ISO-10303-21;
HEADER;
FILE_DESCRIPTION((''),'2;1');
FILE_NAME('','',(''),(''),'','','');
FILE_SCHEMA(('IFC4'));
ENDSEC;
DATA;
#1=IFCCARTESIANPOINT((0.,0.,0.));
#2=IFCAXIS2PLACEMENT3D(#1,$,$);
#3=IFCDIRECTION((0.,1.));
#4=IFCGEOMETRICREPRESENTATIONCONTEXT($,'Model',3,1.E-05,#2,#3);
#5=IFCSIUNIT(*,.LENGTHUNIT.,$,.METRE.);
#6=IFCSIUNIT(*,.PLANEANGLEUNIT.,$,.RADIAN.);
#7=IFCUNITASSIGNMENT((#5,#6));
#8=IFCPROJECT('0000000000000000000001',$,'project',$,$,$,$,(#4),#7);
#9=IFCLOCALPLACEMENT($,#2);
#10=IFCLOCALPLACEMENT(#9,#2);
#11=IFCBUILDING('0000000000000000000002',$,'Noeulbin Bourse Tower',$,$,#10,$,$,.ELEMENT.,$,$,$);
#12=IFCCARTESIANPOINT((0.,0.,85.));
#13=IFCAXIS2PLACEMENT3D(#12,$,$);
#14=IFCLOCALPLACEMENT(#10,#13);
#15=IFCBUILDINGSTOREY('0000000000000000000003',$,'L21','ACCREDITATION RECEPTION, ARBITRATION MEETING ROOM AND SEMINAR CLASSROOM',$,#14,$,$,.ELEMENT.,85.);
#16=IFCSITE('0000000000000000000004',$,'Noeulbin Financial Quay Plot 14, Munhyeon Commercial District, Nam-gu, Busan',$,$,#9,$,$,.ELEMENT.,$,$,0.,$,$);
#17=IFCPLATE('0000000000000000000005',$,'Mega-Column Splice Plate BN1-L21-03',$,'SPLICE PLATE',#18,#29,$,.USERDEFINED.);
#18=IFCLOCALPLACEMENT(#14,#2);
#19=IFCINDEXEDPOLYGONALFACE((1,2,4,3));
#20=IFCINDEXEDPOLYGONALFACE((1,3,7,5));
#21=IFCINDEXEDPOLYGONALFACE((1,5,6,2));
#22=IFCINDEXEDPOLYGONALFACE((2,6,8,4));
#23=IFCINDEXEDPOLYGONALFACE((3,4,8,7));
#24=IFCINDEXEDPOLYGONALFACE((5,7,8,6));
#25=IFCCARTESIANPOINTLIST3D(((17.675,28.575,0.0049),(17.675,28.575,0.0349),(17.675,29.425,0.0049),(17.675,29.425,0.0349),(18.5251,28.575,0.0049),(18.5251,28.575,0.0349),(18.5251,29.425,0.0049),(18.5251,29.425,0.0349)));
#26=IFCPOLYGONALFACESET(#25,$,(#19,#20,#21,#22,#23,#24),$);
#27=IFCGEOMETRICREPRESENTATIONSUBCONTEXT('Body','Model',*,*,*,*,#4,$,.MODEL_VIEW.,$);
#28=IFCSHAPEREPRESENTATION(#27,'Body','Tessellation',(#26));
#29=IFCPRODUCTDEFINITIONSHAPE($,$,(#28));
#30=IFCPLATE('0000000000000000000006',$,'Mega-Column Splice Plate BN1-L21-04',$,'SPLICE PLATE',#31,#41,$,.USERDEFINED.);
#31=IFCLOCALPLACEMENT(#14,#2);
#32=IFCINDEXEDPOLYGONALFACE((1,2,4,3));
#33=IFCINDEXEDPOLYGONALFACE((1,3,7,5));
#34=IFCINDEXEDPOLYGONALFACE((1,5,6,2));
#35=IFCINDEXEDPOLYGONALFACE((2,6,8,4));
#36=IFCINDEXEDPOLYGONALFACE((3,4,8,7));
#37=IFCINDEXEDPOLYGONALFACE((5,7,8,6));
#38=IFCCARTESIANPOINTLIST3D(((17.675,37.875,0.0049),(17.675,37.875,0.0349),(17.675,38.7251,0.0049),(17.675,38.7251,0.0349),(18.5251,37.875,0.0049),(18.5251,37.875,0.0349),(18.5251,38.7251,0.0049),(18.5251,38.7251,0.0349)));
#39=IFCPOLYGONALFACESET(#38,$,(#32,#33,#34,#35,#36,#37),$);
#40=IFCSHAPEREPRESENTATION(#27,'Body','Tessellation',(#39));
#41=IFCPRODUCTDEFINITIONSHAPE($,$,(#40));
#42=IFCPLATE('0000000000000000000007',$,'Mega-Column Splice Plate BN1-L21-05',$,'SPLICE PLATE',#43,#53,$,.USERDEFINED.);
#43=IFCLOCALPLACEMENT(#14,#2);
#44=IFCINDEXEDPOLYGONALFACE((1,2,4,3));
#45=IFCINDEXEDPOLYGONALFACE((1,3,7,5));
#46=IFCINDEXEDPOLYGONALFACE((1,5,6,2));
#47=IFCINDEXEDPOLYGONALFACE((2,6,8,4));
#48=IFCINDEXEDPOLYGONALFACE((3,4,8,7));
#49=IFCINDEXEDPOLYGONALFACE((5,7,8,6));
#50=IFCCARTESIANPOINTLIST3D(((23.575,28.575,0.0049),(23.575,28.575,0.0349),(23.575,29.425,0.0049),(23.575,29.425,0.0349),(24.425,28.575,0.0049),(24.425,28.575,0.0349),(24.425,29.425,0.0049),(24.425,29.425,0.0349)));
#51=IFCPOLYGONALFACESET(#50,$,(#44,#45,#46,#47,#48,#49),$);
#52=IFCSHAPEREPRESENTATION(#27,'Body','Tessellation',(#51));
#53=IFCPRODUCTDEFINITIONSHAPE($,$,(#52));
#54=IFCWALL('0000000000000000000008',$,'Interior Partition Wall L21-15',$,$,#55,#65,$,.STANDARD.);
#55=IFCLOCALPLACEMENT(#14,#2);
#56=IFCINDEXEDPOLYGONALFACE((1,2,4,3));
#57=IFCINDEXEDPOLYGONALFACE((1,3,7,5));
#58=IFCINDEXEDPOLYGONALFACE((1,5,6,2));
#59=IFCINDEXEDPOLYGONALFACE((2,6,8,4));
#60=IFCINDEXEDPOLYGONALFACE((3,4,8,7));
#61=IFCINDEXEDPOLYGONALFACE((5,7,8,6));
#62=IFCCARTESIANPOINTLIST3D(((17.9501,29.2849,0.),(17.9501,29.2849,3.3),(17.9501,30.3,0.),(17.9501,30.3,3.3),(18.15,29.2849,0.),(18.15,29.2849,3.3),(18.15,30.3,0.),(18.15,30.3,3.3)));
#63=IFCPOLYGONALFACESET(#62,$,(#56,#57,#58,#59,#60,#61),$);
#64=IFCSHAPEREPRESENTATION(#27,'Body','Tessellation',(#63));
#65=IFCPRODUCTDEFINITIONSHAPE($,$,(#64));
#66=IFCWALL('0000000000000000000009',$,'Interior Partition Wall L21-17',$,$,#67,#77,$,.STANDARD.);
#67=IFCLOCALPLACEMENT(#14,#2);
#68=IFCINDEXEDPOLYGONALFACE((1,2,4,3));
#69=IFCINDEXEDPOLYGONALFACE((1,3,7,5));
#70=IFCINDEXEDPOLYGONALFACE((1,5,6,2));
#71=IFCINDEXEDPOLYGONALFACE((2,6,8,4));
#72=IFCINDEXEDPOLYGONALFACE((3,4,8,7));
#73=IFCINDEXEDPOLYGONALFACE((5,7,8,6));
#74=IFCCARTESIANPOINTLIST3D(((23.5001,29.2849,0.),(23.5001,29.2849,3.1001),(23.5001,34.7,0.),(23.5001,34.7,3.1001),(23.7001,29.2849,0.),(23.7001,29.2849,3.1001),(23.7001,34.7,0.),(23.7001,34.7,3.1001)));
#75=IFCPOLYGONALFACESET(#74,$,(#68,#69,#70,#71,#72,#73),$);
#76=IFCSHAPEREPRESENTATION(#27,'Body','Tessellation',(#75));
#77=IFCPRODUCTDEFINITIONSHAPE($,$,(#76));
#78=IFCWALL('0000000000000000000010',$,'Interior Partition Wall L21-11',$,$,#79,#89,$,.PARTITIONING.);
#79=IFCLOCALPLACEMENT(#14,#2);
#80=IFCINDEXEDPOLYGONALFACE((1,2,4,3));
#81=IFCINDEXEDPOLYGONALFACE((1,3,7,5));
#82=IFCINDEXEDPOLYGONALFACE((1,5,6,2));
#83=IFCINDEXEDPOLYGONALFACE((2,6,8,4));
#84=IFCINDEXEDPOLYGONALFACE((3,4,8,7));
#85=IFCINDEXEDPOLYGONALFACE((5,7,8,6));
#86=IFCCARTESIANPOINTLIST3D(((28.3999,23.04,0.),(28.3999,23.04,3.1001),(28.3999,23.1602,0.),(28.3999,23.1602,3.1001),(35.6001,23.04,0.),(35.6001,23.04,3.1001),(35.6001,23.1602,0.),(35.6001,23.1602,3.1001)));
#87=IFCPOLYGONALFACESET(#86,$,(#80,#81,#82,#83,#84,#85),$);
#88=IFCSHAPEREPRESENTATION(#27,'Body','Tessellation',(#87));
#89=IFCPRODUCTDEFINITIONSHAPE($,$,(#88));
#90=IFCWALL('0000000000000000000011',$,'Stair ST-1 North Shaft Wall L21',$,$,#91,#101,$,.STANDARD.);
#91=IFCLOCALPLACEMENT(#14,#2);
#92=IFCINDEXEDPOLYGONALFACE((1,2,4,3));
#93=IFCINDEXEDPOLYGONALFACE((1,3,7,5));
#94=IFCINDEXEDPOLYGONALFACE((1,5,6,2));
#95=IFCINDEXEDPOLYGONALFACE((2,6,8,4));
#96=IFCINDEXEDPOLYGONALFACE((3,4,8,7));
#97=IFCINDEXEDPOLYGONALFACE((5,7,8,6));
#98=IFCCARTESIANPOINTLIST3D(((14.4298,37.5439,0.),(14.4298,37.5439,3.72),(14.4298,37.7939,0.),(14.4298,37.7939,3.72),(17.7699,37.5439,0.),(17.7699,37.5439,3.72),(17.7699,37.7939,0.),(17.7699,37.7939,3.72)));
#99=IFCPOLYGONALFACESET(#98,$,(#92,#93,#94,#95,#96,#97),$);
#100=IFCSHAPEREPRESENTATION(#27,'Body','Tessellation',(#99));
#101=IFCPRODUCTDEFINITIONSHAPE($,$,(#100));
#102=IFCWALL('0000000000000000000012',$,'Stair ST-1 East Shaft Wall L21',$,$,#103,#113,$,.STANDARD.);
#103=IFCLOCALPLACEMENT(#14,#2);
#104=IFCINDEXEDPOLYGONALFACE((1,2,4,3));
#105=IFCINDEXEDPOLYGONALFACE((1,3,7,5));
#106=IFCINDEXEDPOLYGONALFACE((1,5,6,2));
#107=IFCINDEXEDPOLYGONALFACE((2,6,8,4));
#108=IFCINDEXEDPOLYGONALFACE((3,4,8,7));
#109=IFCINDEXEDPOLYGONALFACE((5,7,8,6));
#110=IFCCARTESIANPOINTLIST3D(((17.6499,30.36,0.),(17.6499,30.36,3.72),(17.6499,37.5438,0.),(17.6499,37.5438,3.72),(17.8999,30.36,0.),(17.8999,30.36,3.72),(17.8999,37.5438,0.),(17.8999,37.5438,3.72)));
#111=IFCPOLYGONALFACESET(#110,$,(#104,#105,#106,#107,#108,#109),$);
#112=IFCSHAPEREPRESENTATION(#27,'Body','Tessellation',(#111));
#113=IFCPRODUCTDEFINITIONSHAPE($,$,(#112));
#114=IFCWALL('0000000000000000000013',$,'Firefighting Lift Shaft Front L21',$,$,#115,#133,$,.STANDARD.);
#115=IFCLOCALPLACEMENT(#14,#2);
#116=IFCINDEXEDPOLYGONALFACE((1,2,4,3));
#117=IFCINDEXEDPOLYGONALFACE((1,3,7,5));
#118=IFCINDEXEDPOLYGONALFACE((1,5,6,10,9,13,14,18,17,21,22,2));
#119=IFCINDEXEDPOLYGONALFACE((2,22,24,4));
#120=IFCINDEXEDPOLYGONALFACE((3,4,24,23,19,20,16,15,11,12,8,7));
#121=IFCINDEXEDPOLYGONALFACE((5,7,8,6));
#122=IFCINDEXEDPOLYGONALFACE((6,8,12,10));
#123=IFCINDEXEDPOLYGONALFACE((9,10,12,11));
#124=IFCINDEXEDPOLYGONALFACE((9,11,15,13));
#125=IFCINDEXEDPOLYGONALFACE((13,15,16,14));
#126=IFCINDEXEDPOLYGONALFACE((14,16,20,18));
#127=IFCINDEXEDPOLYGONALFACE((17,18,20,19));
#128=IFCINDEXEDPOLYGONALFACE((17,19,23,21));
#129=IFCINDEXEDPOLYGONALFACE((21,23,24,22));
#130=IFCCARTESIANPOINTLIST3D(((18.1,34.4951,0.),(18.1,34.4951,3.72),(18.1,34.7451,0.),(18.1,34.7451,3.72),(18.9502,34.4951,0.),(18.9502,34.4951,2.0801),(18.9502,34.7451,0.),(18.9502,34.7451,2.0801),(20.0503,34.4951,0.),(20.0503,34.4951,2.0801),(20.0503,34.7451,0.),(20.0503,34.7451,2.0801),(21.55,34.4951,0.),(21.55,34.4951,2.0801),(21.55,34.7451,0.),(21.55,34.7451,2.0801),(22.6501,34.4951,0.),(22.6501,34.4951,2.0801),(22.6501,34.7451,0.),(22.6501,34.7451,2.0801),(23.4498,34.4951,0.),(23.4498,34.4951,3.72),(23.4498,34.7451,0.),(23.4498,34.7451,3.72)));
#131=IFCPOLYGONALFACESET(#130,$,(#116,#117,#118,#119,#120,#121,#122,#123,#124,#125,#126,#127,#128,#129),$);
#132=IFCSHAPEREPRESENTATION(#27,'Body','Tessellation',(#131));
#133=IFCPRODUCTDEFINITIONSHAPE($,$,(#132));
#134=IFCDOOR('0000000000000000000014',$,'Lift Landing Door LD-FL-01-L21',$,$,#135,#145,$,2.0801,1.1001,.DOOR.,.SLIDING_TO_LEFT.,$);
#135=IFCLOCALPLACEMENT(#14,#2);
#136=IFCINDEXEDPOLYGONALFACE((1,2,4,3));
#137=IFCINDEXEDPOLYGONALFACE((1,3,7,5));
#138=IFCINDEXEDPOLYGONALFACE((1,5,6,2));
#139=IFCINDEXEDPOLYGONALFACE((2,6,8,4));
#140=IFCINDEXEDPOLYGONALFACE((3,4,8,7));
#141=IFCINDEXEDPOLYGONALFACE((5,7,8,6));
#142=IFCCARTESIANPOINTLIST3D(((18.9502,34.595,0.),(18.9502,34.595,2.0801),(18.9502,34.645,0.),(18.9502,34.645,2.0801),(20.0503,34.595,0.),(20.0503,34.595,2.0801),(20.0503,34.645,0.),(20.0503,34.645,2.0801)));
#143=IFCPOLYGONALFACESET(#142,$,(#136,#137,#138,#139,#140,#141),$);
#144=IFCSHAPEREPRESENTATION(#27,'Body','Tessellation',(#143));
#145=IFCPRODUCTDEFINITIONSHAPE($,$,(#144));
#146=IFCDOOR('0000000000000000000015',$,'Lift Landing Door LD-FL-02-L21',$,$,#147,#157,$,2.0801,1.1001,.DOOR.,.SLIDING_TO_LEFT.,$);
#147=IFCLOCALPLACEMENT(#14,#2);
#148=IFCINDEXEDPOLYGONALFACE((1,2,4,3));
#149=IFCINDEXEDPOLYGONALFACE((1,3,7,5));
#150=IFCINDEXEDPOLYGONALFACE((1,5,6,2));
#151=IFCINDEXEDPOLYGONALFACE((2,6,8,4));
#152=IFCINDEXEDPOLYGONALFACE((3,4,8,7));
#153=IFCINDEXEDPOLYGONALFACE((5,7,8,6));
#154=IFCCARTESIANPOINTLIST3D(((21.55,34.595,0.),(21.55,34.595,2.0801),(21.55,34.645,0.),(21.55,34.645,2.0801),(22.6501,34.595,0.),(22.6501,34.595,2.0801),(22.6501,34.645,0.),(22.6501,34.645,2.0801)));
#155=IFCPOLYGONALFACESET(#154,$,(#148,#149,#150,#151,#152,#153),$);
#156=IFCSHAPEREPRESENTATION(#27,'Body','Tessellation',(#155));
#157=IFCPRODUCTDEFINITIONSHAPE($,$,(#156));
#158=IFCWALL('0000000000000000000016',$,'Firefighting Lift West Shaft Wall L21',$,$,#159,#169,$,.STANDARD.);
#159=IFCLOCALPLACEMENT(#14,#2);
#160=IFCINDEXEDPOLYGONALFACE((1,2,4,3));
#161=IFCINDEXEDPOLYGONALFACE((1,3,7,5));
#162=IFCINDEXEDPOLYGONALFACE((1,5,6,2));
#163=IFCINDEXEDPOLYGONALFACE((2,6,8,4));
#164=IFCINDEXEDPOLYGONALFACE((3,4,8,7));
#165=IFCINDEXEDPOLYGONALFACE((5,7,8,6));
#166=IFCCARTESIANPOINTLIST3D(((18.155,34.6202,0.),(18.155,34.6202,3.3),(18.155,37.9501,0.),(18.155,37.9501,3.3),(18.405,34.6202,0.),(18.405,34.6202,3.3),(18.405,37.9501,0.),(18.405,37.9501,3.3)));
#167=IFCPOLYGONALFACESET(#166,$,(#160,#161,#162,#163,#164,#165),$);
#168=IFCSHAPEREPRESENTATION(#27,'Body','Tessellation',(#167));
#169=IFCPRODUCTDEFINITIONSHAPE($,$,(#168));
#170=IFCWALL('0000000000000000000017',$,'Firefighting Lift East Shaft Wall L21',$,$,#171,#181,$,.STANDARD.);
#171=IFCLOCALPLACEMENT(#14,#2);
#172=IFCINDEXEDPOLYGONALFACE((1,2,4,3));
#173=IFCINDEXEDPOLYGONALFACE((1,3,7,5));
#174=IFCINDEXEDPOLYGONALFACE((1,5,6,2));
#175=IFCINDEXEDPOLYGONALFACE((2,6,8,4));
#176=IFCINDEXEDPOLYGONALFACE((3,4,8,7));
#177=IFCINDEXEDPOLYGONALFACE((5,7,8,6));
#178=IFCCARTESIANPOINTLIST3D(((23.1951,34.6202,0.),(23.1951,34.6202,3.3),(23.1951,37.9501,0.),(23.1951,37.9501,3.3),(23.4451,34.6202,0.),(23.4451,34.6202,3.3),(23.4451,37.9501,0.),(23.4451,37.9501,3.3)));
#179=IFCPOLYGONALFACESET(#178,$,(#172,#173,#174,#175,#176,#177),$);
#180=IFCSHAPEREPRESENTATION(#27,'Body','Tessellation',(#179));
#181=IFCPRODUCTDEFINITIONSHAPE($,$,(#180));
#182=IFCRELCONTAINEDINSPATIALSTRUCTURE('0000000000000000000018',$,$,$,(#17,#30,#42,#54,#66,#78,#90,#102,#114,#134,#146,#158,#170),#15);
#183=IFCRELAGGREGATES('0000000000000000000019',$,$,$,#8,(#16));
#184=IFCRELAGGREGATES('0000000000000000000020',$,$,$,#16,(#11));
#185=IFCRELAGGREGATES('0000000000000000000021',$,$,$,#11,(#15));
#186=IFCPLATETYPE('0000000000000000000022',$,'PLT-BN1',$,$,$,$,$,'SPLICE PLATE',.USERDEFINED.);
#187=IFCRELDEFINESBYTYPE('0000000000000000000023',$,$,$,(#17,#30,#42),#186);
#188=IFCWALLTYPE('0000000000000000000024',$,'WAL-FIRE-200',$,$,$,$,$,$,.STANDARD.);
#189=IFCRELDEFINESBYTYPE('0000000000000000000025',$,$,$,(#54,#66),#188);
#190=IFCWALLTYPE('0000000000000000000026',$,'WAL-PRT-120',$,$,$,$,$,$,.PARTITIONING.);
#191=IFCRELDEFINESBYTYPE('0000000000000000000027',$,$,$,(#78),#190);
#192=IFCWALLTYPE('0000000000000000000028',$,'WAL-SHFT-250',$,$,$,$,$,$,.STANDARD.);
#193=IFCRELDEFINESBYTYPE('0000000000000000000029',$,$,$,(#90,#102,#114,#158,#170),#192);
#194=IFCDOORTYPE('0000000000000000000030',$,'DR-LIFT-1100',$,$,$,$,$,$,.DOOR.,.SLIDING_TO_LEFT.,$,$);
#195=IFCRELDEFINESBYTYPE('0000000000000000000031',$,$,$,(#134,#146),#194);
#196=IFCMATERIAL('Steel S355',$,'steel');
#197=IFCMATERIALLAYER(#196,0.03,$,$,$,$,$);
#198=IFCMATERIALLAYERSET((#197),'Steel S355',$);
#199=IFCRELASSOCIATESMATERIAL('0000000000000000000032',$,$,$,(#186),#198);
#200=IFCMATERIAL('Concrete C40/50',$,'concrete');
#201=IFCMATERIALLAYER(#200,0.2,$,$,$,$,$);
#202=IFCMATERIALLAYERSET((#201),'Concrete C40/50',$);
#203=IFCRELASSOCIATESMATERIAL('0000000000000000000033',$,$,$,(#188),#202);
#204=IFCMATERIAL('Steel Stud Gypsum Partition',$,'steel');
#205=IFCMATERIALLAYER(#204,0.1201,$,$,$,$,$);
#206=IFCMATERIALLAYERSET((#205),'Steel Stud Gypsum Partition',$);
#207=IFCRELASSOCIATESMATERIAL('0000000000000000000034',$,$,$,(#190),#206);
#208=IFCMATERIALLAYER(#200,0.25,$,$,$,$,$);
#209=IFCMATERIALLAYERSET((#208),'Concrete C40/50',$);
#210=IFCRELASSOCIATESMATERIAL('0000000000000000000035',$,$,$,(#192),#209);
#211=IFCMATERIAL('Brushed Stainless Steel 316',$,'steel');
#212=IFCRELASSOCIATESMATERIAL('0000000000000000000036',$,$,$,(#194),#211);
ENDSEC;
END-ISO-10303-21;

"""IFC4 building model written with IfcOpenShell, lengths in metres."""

from ifc_helpers import new_model, si_unit, direction, frame, frame_2d, origin, origin_2d, place, context, subcontext, project, spatial, rectangle, extrude, material, layer, layer_set, type_object, element, fill, save


model = new_model("IFC4")

# Units and contexts
model_context = context("Model", 3, precision=1e-05, world=origin(), true_north=direction((0.0, 1.0)))
body_context = subcontext(model_context, "Body", "Model", "MODEL_VIEW")
ifc_project = project(units=[si_unit("LENGTHUNIT", "METRE"), si_unit("PLANEANGLEUNIT", "RADIAN")], contexts=[model_context])

# Site, building, storey
site_placement = place(None, origin())
site = spatial("IfcSite", under=ifc_project, at=site_placement, Name="Noeulbin Financial Quay Plot 14, Munhyeon Commercial District, Nam-gu, Busan", CompositionType="ELEMENT", RefElevation=0.0)
building_placement = place(site_placement, origin())
building = spatial("IfcBuilding", under=site, at=building_placement, Name="Noeulbin Bourse Tower", CompositionType="ELEMENT")
storey_placement = place(building_placement, frame((0.0, 0.0, 85.0)))
storey = spatial("IfcBuildingStorey", under=building, at=storey_placement, Name="L21", Description="ACCREDITATION RECEPTION, ARBITRATION MEETING ROOM AND SEMINAR CLASSROOM", CompositionType="ELEMENT", Elevation=85.0)

# Plates
ifc_material_1 = material(Name="Steel S355", Category="steel")
ifc_layer_1 = layer(ifc_material_1, 0.03)
ifc_layer_set_1 = layer_set([ifc_layer_1], Name="Steel S355")
plate_type = type_object("IfcPlateType", Name="PLT-BN1", ElementType="SPLICE PLATE", PredefinedType="USERDEFINED", material=ifc_layer_set_1)
for number, where, z_axis, x_axis, name in (
    (1, (18.1001, 29.0, 0.0049), (0.0, 0.0, 1.0), (1.0, 0.0, 0.0), "Mega-Column Splice Plate BN1-L21-03"),
    (2, (18.1001, 38.3, 0.0049), (0.0, 0.0, 1.0), (1.0, 0.0, 0.0), "Mega-Column Splice Plate BN1-L21-04"),
    (3, (24.0, 29.0, 0.0049), (0.0, 0.0, 1.0), (1.0, 0.0, 0.0), "Mega-Column Splice Plate BN1-L21-05"),
):
    element("IfcPlate", number, at=place(storey_placement, frame(where, z_axis=z_axis, x_axis=x_axis)), inside=storey, type_object=plate_type, Name=name, ObjectType="SPLICE PLATE", PredefinedType="USERDEFINED", context=body_context, shape_type="SweptSolid", body=[
        extrude(rectangle(XDim=0.8501, YDim=0.8501, at=origin_2d()), origin(), (0.0, 0.0, 1.0), 0.03),
    ])

# Walls
ifc_material_2 = material(Name="Concrete C40/50", Category="concrete")
ifc_layer_2 = layer(ifc_material_2, 0.2)
ifc_layer_set_2 = layer_set([ifc_layer_2], Name="Concrete C40/50")
wall_type_1 = type_object("IfcWallType", Name="WAL-FIRE-200", PredefinedType="STANDARD", material=ifc_layer_set_2)
wall_1_placement = place(storey_placement, frame((18.05, 29.2849, 0.0), z_axis=(0.0, 0.0, 1.0), x_axis=(0.0, 1.0, 0.0)))
element("IfcWall", 4, at=wall_1_placement, inside=storey, type_object=wall_type_1, Name="Interior Partition Wall L21-15", PredefinedType="STANDARD", context=body_context, shape_type="SweptSolid", body=[
    extrude(rectangle(XDim=1.0151, YDim=0.2, at=frame_2d((0.5076, 0.0))), origin(), (0.0, 0.0, 1.0), 3.3),
])
wall_2_placement = place(storey_placement, frame((23.6001, 29.2849, 0.0), z_axis=(0.0, 0.0, 1.0), x_axis=(0.0, 1.0, 0.0)))
element("IfcWall", 5, at=wall_2_placement, inside=storey, type_object=wall_type_1, Name="Interior Partition Wall L21-17", PredefinedType="STANDARD", context=body_context, shape_type="SweptSolid", body=[
    extrude(rectangle(XDim=5.415, YDim=0.2, at=frame_2d((2.7075, 0.0))), origin(), (0.0, 0.0, 1.0), 3.1001),
])
ifc_material_3 = material(Name="Steel Stud Gypsum Partition", Category="steel")
ifc_layer_3 = layer(ifc_material_3, 0.1201)
ifc_layer_set_3 = layer_set([ifc_layer_3], Name="Steel Stud Gypsum Partition")
wall_type_2 = type_object("IfcWallType", Name="WAL-PRT-120", PredefinedType="PARTITIONING", material=ifc_layer_set_3)
wall_3_placement = place(storey_placement, frame((28.3999, 23.1001, 0.0), z_axis=(0.0, 0.0, 1.0), x_axis=(1.0, 0.0, 0.0)))
element("IfcWall", 6, at=wall_3_placement, inside=storey, type_object=wall_type_2, Name="Interior Partition Wall L21-11", PredefinedType="PARTITIONING", context=body_context, shape_type="SweptSolid", body=[
    extrude(rectangle(XDim=7.2002, YDim=0.1201, at=frame_2d((3.6001, 0.0))), origin(), (0.0, 0.0, 1.0), 3.1001),
])
ifc_layer_4 = layer(ifc_material_2, 0.25)
ifc_layer_set_4 = layer_set([ifc_layer_4], Name="Concrete C40/50")
wall_type_3 = type_object("IfcWallType", Name="WAL-SHFT-250", PredefinedType="STANDARD", material=ifc_layer_set_4)
wall_4_placement = place(storey_placement, frame((14.4299, 37.6689, 0.0), z_axis=(0.0, 0.0, 1.0), x_axis=(1.0, 0.0, 0.0)))
element("IfcWall", 7, at=wall_4_placement, inside=storey, type_object=wall_type_3, Name="Stair ST-1 North Shaft Wall L21", PredefinedType="STANDARD", context=body_context, shape_type="SweptSolid", body=[
    extrude(rectangle(XDim=3.3401, YDim=0.25, at=frame_2d((1.6699, 0.0))), origin(), (0.0, 0.0, 1.0), 3.72),
])
wall_5_placement = place(storey_placement, frame((17.7749, 30.3601, 0.0), z_axis=(0.0, 0.0, 1.0), x_axis=(0.0, 1.0, 0.0)))
element("IfcWall", 8, at=wall_5_placement, inside=storey, type_object=wall_type_3, Name="Stair ST-1 East Shaft Wall L21", PredefinedType="STANDARD", context=body_context, shape_type="SweptSolid", body=[
    extrude(rectangle(XDim=7.1838, YDim=0.25, at=frame_2d((3.5918, 0.0))), origin(), (0.0, 0.0, 1.0), 3.72),
])

# Wall, openings, doors
wall_6_placement = place(storey_placement, frame((18.1001, 34.6201, 0.0), z_axis=(0.0, 0.0, 1.0), x_axis=(1.0, 0.0, 0.0)))
wall_6 = element("IfcWall", 9, at=wall_6_placement, inside=storey, type_object=wall_type_3, Name="Firefighting Lift Shaft Front L21", PredefinedType="STANDARD", context=body_context, shape_type="SweptSolid", body=[
    extrude(rectangle(XDim=5.3499, YDim=0.25, at=frame_2d((2.6748, 0.0))), origin(), (0.0, 0.0, 1.0), 3.72),
])
opening_1_placement = place(wall_6_placement, frame((0.8501, 0.0, 0.0)))
opening_1 = element("IfcOpeningElement", 10, at=opening_1_placement, cuts=wall_6, PredefinedType="OPENING", context=body_context, shape_type="SweptSolid", body=[
    extrude(rectangle(XDim=1.1001, YDim=2.0801, at=frame_2d((0.55, 1.04))), frame((0.0, 0.135, 0.0), z_axis=(0.0, -1.0, 0.0), x_axis=(1.0, 0.0, 0.0)), (0.0, 0.0, 1.0), 0.27),
])
opening_2_placement = place(wall_6_placement, frame((3.45, 0.0, 0.0)))
opening_2 = element("IfcOpeningElement", 11, at=opening_2_placement, cuts=wall_6, PredefinedType="OPENING", context=body_context, shape_type="SweptSolid", body=[
    extrude(rectangle(XDim=1.1001, YDim=2.0801, at=frame_2d((0.55, 1.04))), frame((0.0, 0.135, 0.0), z_axis=(0.0, -1.0, 0.0), x_axis=(1.0, 0.0, 0.0)), (0.0, 0.0, 1.0), 0.27),
])
ifc_material_4 = material(Name="Brushed Stainless Steel 316", Category="steel")
door_type_1 = type_object("IfcDoorType", Name="DR-LIFT-1100", OperationType="SLIDING_TO_LEFT", PredefinedType="DOOR", material=ifc_material_4)
door_1_placement = place(opening_1_placement, origin())
door_1 = element("IfcDoor", 12, at=door_1_placement, inside=storey, type_object=door_type_1, Name="Lift Landing Door LD-FL-01-L21", OperationType="SLIDING_TO_LEFT", OverallHeight=2.0801, OverallWidth=1.1001, PredefinedType="DOOR", context=body_context, shape_type="SweptSolid", body=[
    extrude(rectangle(XDim=1.1001, YDim=2.0801, at=frame_2d((0.55, 1.04))), frame((0.0, 0.0249, 0.0), z_axis=(0.0, -1.0, 0.0), x_axis=(1.0, 0.0, 0.0)), (0.0, 0.0, 1.0), 0.05),
])
fill(opening_1, door_1)
door_2_placement = place(opening_2_placement, origin())
door_2 = element("IfcDoor", 13, at=door_2_placement, inside=storey, type_object=door_type_1, Name="Lift Landing Door LD-FL-02-L21", OperationType="SLIDING_TO_LEFT", OverallHeight=2.0801, OverallWidth=1.1001, PredefinedType="DOOR", context=body_context, shape_type="SweptSolid", body=[
    extrude(rectangle(XDim=1.1001, YDim=2.0801, at=frame_2d((0.55, 1.04))), frame((0.0, 0.0249, 0.0), z_axis=(0.0, -1.0, 0.0), x_axis=(1.0, 0.0, 0.0)), (0.0, 0.0, 1.0), 0.05),
])
fill(opening_2, door_2)

# Walls
for number, where, z_axis, x_axis, name in (
    (14, (18.28, 34.6201, 0.0), (0.0, 0.0, 1.0), (0.0, 1.0, 0.0), "Firefighting Lift West Shaft Wall L21"),
    (15, (23.3201, 34.6201, 0.0), (0.0, 0.0, 1.0), (0.0, 1.0, 0.0), "Firefighting Lift East Shaft Wall L21"),
):
    element("IfcWall", number, at=place(storey_placement, frame(where, z_axis=z_axis, x_axis=x_axis)), inside=storey, type_object=wall_type_3, Name=name, PredefinedType="STANDARD", context=body_context, shape_type="SweptSolid", body=[
        extrude(rectangle(XDim=3.3298, YDim=0.25, at=frame_2d((1.665, 0.0))), origin(), (0.0, 0.0, 1.0), 3.3),
    ])

save(model, "model.ifc")
